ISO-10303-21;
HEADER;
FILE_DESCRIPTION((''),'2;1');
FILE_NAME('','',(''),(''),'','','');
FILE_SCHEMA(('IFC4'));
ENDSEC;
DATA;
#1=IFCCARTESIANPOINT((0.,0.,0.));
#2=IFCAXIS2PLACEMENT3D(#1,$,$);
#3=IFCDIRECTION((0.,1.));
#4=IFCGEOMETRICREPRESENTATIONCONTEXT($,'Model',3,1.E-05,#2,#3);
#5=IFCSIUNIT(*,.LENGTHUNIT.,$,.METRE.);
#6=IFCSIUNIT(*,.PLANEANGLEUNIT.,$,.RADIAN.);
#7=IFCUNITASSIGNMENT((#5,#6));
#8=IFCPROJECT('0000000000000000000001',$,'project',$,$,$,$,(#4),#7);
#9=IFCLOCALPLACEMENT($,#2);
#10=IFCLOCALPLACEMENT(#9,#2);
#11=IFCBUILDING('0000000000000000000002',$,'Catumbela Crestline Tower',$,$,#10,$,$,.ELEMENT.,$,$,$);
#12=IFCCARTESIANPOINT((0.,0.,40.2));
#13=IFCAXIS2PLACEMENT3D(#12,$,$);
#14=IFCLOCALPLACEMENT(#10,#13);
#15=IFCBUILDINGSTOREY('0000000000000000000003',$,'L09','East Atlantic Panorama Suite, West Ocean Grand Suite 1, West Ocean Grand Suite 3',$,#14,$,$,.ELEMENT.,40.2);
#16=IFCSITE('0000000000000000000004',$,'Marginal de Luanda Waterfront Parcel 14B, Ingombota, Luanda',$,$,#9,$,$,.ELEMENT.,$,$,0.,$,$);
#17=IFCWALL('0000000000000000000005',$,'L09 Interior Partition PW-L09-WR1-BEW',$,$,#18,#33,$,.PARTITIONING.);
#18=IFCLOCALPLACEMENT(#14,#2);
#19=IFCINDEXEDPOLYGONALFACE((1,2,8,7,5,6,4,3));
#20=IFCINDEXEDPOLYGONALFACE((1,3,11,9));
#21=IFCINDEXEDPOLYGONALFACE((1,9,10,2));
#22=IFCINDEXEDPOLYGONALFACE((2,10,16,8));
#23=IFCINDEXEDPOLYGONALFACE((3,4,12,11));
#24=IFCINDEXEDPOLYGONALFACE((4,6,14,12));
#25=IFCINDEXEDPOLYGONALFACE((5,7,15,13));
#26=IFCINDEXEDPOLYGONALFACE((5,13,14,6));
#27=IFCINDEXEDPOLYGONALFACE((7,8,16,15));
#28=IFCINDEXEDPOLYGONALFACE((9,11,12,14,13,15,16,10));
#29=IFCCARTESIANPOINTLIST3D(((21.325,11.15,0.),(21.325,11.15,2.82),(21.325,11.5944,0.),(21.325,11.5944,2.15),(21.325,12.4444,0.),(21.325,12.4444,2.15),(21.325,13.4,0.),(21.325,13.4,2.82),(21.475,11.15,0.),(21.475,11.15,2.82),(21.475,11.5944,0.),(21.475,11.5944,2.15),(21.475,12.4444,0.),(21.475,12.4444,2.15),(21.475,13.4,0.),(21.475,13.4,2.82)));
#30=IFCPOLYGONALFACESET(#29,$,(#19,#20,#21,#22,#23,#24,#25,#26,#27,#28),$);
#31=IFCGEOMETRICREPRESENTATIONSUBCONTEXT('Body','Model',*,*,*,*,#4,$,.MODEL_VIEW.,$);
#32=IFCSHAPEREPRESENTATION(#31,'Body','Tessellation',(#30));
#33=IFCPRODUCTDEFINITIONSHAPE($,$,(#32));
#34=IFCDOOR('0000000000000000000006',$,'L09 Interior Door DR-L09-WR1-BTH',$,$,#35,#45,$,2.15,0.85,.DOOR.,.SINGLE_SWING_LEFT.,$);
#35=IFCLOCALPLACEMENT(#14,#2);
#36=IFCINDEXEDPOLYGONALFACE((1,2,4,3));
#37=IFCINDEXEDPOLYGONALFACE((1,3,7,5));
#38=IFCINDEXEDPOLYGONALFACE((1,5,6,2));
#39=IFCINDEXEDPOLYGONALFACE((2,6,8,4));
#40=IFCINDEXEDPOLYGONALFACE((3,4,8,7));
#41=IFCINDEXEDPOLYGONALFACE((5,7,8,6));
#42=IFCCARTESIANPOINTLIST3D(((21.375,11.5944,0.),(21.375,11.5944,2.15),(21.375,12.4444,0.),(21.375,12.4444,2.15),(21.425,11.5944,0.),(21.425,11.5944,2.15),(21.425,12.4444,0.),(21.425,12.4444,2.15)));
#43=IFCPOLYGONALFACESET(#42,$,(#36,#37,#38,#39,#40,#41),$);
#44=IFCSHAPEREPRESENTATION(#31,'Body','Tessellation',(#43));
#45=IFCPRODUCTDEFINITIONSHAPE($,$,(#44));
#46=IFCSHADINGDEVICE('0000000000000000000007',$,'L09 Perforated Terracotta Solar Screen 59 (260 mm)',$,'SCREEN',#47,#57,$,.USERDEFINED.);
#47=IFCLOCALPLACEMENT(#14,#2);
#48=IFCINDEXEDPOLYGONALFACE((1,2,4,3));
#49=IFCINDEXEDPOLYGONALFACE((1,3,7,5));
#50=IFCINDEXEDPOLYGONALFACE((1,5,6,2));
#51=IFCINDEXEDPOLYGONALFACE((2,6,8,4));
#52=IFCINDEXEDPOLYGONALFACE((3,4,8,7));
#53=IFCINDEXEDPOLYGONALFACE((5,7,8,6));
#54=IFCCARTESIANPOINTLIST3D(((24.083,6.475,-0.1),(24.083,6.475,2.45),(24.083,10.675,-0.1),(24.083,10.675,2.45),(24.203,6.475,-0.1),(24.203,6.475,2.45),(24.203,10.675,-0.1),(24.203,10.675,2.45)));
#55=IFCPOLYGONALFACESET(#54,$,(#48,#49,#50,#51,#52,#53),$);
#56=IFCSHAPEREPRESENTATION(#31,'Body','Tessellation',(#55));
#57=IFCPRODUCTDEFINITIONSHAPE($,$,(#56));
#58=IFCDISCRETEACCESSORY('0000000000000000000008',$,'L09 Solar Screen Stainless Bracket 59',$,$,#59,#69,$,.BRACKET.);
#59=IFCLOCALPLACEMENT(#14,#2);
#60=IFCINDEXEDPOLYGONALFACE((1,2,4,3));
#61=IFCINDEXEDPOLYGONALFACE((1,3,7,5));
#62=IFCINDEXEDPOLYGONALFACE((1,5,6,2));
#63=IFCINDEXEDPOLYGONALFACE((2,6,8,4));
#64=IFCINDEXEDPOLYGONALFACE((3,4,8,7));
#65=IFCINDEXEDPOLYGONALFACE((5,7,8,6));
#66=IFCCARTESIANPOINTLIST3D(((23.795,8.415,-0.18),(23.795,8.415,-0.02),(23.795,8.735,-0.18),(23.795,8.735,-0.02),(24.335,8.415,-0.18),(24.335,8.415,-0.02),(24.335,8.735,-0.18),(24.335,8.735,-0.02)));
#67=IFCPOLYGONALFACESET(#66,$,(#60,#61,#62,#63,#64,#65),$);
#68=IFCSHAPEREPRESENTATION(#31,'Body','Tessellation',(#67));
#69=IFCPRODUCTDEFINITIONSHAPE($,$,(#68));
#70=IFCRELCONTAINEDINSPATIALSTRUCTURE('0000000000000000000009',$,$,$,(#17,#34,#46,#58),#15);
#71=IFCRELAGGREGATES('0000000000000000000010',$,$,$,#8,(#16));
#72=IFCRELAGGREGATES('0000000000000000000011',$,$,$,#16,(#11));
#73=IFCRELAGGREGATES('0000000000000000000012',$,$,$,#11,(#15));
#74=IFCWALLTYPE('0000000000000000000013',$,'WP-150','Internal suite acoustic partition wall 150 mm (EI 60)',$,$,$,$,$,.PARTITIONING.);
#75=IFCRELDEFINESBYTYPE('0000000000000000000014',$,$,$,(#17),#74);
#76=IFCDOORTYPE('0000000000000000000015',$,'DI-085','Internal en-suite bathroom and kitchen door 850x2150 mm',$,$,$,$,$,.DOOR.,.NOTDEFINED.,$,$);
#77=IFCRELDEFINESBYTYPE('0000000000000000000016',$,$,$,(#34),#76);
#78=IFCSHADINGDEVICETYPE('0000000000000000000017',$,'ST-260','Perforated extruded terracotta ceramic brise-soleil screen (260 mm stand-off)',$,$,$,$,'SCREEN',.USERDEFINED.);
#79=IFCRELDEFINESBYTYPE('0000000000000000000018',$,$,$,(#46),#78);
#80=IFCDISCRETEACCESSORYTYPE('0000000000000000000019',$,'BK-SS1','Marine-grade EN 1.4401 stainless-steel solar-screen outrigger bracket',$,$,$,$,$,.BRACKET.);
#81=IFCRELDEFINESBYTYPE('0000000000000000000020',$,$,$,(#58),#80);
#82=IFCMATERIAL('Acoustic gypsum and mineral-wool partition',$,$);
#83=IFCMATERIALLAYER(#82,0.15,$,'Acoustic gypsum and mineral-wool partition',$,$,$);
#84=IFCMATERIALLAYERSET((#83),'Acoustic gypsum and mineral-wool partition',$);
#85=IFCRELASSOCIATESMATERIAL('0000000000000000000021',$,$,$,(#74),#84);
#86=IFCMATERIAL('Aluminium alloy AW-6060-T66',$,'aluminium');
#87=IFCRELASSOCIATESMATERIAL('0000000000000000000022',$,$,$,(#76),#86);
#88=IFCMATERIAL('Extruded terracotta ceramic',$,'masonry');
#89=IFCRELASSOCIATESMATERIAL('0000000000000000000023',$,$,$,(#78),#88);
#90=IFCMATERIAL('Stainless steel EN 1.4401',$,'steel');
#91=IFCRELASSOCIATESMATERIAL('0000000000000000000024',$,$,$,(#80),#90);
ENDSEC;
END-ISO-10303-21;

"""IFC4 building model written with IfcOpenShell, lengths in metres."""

from ifc_helpers import new_model, si_unit, direction, frame, frame_2d, origin, origin_2d, place, context, subcontext, project, spatial, rectangle, extrude, material, layer, layer_set, type_object, element, fill, save


model = new_model("IFC4")

# Units and contexts
model_context = context("Model", 3, precision=1e-05, world=origin(), true_north=direction((0.0, 1.0)))
body_context = subcontext(model_context, "Body", "Model", "MODEL_VIEW")
ifc_project = project(units=[si_unit("LENGTHUNIT", "METRE"), si_unit("PLANEANGLEUNIT", "RADIAN")], contexts=[model_context])

# Site, building, storey
site_placement = place(None, origin())
site = spatial("IfcSite", under=ifc_project, at=site_placement, Name="Marginal de Luanda Waterfront Parcel 14B, Ingombota, Luanda", CompositionType="ELEMENT", RefElevation=0.0)
building_placement = place(site_placement, origin())
building = spatial("IfcBuilding", under=site, at=building_placement, Name="Catumbela Crestline Tower", CompositionType="ELEMENT")
storey_placement = place(building_placement, frame((0.0, 0.0, 40.2)))
storey = spatial("IfcBuildingStorey", under=building, at=storey_placement, Name="L09", Description="East Atlantic Panorama Suite, West Ocean Grand Suite 1, West Ocean Grand Suite 3", CompositionType="ELEMENT", Elevation=40.2)

# Shared definitions
ifc_material_1 = material(Name="Aluminium alloy AW-6060-T66", Category="aluminium")

# Wall, opening, door
ifc_material_2 = material(Name="Acoustic gypsum and mineral-wool partition")
ifc_layer_1 = layer(ifc_material_2, 0.15, Name="Acoustic gypsum and mineral-wool partition")
ifc_layer_set_1 = layer_set([ifc_layer_1], Name="Acoustic gypsum and mineral-wool partition")
wall_type_1 = type_object("IfcWallType", Name="WP-150", Description="Internal suite acoustic partition wall 150 mm (EI 60)", PredefinedType="PARTITIONING", material=ifc_layer_set_1)
wall_1_placement = place(storey_placement, frame((21.4, 11.15, 0.0), z_axis=(0.0, 0.0, 1.0), x_axis=(0.0, 1.0, 0.0)))
wall_1 = element("IfcWall", 1, at=wall_1_placement, inside=storey, type_object=wall_type_1, Name="L09 Interior Partition PW-L09-WR1-BEW", PredefinedType="PARTITIONING", context=body_context, shape_type="SweptSolid", body=[
    extrude(rectangle(XDim=2.25, YDim=0.15, at=frame_2d((1.125, 0.0))), origin(), (0.0, 0.0, 1.0), 2.82),
])
opening_1_placement = place(wall_1_placement, frame((0.4444, 0.0, 0.0)))
opening_1 = element("IfcOpeningElement", 2, at=opening_1_placement, cuts=wall_1, PredefinedType="OPENING", context=body_context, shape_type="SweptSolid", body=[
    extrude(rectangle(XDim=0.85, YDim=2.15, at=frame_2d((0.425, 1.075))), frame((0.0, 0.085, 0.0), z_axis=(0.0, -1.0, 0.0), x_axis=(1.0, 0.0, 0.0)), (0.0, 0.0, 1.0), 0.17),
])
door_type = type_object("IfcDoorType", Name="DI-085", Description="Internal en-suite bathroom and kitchen door 850x2150 mm", OperationType="NOTDEFINED", PredefinedType="DOOR", material=ifc_material_1)
door_placement = place(opening_1_placement, origin())
door = element("IfcDoor", 3, at=door_placement, inside=storey, type_object=door_type, Name="L09 Interior Door DR-L09-WR1-BTH", OperationType="SINGLE_SWING_LEFT", OverallHeight=2.15, OverallWidth=0.85, PredefinedType="DOOR", context=body_context, shape_type="SweptSolid", body=[
    extrude(rectangle(XDim=0.85, YDim=2.15, at=frame_2d((0.425, 1.075))), frame((0.0, 0.025, 0.0), z_axis=(0.0, -1.0, 0.0), x_axis=(1.0, 0.0, 0.0)), (0.0, 0.0, 1.0), 0.05),
])
fill(opening_1, door)

# Shading device
ifc_material_3 = material(Name="Extruded terracotta ceramic", Category="masonry")
shading_device_type = type_object("IfcShadingDeviceType", Name="ST-260", Description="Perforated extruded terracotta ceramic brise-soleil screen (260 mm stand-off)", ElementType="SCREEN", PredefinedType="USERDEFINED", material=ifc_material_3)
shading_device_placement = place(storey_placement, frame((24.143, 8.575, -0.1), z_axis=(0.0, 0.0, 1.0), x_axis=(0.0, 1.0, 0.0)))
element("IfcShadingDevice", 4, at=shading_device_placement, inside=storey, type_object=shading_device_type, Name="L09 Perforated Terracotta Solar Screen 59 (260 mm)", ObjectType="SCREEN", PredefinedType="USERDEFINED", context=body_context, shape_type="SweptSolid", body=[
    extrude(rectangle(XDim=4.2, YDim=0.12, at=origin_2d()), origin(), (0.0, 0.0, 1.0), 2.55),
])

# Discrete accessory
ifc_material_4 = material(Name="Stainless steel EN 1.4401", Category="steel")
discrete_accessory_type = type_object("IfcDiscreteAccessoryType", Name="BK-SS1", Description="Marine-grade EN 1.4401 stainless-steel solar-screen outrigger bracket", PredefinedType="BRACKET", material=ifc_material_4)
discrete_accessory_placement = place(storey_placement, frame((24.065, 8.575, -0.18), z_axis=(0.0, 0.0, 1.0), x_axis=(0.0, 1.0, 0.0)))
element("IfcDiscreteAccessory", 5, at=discrete_accessory_placement, inside=storey, type_object=discrete_accessory_type, Name="L09 Solar Screen Stainless Bracket 59", PredefinedType="BRACKET", context=body_context, shape_type="SweptSolid", body=[
    extrude(rectangle(XDim=0.32, YDim=0.54, at=origin_2d()), origin(), (0.0, 0.0, 1.0), 0.16),
])

save(model, "model.ifc")
